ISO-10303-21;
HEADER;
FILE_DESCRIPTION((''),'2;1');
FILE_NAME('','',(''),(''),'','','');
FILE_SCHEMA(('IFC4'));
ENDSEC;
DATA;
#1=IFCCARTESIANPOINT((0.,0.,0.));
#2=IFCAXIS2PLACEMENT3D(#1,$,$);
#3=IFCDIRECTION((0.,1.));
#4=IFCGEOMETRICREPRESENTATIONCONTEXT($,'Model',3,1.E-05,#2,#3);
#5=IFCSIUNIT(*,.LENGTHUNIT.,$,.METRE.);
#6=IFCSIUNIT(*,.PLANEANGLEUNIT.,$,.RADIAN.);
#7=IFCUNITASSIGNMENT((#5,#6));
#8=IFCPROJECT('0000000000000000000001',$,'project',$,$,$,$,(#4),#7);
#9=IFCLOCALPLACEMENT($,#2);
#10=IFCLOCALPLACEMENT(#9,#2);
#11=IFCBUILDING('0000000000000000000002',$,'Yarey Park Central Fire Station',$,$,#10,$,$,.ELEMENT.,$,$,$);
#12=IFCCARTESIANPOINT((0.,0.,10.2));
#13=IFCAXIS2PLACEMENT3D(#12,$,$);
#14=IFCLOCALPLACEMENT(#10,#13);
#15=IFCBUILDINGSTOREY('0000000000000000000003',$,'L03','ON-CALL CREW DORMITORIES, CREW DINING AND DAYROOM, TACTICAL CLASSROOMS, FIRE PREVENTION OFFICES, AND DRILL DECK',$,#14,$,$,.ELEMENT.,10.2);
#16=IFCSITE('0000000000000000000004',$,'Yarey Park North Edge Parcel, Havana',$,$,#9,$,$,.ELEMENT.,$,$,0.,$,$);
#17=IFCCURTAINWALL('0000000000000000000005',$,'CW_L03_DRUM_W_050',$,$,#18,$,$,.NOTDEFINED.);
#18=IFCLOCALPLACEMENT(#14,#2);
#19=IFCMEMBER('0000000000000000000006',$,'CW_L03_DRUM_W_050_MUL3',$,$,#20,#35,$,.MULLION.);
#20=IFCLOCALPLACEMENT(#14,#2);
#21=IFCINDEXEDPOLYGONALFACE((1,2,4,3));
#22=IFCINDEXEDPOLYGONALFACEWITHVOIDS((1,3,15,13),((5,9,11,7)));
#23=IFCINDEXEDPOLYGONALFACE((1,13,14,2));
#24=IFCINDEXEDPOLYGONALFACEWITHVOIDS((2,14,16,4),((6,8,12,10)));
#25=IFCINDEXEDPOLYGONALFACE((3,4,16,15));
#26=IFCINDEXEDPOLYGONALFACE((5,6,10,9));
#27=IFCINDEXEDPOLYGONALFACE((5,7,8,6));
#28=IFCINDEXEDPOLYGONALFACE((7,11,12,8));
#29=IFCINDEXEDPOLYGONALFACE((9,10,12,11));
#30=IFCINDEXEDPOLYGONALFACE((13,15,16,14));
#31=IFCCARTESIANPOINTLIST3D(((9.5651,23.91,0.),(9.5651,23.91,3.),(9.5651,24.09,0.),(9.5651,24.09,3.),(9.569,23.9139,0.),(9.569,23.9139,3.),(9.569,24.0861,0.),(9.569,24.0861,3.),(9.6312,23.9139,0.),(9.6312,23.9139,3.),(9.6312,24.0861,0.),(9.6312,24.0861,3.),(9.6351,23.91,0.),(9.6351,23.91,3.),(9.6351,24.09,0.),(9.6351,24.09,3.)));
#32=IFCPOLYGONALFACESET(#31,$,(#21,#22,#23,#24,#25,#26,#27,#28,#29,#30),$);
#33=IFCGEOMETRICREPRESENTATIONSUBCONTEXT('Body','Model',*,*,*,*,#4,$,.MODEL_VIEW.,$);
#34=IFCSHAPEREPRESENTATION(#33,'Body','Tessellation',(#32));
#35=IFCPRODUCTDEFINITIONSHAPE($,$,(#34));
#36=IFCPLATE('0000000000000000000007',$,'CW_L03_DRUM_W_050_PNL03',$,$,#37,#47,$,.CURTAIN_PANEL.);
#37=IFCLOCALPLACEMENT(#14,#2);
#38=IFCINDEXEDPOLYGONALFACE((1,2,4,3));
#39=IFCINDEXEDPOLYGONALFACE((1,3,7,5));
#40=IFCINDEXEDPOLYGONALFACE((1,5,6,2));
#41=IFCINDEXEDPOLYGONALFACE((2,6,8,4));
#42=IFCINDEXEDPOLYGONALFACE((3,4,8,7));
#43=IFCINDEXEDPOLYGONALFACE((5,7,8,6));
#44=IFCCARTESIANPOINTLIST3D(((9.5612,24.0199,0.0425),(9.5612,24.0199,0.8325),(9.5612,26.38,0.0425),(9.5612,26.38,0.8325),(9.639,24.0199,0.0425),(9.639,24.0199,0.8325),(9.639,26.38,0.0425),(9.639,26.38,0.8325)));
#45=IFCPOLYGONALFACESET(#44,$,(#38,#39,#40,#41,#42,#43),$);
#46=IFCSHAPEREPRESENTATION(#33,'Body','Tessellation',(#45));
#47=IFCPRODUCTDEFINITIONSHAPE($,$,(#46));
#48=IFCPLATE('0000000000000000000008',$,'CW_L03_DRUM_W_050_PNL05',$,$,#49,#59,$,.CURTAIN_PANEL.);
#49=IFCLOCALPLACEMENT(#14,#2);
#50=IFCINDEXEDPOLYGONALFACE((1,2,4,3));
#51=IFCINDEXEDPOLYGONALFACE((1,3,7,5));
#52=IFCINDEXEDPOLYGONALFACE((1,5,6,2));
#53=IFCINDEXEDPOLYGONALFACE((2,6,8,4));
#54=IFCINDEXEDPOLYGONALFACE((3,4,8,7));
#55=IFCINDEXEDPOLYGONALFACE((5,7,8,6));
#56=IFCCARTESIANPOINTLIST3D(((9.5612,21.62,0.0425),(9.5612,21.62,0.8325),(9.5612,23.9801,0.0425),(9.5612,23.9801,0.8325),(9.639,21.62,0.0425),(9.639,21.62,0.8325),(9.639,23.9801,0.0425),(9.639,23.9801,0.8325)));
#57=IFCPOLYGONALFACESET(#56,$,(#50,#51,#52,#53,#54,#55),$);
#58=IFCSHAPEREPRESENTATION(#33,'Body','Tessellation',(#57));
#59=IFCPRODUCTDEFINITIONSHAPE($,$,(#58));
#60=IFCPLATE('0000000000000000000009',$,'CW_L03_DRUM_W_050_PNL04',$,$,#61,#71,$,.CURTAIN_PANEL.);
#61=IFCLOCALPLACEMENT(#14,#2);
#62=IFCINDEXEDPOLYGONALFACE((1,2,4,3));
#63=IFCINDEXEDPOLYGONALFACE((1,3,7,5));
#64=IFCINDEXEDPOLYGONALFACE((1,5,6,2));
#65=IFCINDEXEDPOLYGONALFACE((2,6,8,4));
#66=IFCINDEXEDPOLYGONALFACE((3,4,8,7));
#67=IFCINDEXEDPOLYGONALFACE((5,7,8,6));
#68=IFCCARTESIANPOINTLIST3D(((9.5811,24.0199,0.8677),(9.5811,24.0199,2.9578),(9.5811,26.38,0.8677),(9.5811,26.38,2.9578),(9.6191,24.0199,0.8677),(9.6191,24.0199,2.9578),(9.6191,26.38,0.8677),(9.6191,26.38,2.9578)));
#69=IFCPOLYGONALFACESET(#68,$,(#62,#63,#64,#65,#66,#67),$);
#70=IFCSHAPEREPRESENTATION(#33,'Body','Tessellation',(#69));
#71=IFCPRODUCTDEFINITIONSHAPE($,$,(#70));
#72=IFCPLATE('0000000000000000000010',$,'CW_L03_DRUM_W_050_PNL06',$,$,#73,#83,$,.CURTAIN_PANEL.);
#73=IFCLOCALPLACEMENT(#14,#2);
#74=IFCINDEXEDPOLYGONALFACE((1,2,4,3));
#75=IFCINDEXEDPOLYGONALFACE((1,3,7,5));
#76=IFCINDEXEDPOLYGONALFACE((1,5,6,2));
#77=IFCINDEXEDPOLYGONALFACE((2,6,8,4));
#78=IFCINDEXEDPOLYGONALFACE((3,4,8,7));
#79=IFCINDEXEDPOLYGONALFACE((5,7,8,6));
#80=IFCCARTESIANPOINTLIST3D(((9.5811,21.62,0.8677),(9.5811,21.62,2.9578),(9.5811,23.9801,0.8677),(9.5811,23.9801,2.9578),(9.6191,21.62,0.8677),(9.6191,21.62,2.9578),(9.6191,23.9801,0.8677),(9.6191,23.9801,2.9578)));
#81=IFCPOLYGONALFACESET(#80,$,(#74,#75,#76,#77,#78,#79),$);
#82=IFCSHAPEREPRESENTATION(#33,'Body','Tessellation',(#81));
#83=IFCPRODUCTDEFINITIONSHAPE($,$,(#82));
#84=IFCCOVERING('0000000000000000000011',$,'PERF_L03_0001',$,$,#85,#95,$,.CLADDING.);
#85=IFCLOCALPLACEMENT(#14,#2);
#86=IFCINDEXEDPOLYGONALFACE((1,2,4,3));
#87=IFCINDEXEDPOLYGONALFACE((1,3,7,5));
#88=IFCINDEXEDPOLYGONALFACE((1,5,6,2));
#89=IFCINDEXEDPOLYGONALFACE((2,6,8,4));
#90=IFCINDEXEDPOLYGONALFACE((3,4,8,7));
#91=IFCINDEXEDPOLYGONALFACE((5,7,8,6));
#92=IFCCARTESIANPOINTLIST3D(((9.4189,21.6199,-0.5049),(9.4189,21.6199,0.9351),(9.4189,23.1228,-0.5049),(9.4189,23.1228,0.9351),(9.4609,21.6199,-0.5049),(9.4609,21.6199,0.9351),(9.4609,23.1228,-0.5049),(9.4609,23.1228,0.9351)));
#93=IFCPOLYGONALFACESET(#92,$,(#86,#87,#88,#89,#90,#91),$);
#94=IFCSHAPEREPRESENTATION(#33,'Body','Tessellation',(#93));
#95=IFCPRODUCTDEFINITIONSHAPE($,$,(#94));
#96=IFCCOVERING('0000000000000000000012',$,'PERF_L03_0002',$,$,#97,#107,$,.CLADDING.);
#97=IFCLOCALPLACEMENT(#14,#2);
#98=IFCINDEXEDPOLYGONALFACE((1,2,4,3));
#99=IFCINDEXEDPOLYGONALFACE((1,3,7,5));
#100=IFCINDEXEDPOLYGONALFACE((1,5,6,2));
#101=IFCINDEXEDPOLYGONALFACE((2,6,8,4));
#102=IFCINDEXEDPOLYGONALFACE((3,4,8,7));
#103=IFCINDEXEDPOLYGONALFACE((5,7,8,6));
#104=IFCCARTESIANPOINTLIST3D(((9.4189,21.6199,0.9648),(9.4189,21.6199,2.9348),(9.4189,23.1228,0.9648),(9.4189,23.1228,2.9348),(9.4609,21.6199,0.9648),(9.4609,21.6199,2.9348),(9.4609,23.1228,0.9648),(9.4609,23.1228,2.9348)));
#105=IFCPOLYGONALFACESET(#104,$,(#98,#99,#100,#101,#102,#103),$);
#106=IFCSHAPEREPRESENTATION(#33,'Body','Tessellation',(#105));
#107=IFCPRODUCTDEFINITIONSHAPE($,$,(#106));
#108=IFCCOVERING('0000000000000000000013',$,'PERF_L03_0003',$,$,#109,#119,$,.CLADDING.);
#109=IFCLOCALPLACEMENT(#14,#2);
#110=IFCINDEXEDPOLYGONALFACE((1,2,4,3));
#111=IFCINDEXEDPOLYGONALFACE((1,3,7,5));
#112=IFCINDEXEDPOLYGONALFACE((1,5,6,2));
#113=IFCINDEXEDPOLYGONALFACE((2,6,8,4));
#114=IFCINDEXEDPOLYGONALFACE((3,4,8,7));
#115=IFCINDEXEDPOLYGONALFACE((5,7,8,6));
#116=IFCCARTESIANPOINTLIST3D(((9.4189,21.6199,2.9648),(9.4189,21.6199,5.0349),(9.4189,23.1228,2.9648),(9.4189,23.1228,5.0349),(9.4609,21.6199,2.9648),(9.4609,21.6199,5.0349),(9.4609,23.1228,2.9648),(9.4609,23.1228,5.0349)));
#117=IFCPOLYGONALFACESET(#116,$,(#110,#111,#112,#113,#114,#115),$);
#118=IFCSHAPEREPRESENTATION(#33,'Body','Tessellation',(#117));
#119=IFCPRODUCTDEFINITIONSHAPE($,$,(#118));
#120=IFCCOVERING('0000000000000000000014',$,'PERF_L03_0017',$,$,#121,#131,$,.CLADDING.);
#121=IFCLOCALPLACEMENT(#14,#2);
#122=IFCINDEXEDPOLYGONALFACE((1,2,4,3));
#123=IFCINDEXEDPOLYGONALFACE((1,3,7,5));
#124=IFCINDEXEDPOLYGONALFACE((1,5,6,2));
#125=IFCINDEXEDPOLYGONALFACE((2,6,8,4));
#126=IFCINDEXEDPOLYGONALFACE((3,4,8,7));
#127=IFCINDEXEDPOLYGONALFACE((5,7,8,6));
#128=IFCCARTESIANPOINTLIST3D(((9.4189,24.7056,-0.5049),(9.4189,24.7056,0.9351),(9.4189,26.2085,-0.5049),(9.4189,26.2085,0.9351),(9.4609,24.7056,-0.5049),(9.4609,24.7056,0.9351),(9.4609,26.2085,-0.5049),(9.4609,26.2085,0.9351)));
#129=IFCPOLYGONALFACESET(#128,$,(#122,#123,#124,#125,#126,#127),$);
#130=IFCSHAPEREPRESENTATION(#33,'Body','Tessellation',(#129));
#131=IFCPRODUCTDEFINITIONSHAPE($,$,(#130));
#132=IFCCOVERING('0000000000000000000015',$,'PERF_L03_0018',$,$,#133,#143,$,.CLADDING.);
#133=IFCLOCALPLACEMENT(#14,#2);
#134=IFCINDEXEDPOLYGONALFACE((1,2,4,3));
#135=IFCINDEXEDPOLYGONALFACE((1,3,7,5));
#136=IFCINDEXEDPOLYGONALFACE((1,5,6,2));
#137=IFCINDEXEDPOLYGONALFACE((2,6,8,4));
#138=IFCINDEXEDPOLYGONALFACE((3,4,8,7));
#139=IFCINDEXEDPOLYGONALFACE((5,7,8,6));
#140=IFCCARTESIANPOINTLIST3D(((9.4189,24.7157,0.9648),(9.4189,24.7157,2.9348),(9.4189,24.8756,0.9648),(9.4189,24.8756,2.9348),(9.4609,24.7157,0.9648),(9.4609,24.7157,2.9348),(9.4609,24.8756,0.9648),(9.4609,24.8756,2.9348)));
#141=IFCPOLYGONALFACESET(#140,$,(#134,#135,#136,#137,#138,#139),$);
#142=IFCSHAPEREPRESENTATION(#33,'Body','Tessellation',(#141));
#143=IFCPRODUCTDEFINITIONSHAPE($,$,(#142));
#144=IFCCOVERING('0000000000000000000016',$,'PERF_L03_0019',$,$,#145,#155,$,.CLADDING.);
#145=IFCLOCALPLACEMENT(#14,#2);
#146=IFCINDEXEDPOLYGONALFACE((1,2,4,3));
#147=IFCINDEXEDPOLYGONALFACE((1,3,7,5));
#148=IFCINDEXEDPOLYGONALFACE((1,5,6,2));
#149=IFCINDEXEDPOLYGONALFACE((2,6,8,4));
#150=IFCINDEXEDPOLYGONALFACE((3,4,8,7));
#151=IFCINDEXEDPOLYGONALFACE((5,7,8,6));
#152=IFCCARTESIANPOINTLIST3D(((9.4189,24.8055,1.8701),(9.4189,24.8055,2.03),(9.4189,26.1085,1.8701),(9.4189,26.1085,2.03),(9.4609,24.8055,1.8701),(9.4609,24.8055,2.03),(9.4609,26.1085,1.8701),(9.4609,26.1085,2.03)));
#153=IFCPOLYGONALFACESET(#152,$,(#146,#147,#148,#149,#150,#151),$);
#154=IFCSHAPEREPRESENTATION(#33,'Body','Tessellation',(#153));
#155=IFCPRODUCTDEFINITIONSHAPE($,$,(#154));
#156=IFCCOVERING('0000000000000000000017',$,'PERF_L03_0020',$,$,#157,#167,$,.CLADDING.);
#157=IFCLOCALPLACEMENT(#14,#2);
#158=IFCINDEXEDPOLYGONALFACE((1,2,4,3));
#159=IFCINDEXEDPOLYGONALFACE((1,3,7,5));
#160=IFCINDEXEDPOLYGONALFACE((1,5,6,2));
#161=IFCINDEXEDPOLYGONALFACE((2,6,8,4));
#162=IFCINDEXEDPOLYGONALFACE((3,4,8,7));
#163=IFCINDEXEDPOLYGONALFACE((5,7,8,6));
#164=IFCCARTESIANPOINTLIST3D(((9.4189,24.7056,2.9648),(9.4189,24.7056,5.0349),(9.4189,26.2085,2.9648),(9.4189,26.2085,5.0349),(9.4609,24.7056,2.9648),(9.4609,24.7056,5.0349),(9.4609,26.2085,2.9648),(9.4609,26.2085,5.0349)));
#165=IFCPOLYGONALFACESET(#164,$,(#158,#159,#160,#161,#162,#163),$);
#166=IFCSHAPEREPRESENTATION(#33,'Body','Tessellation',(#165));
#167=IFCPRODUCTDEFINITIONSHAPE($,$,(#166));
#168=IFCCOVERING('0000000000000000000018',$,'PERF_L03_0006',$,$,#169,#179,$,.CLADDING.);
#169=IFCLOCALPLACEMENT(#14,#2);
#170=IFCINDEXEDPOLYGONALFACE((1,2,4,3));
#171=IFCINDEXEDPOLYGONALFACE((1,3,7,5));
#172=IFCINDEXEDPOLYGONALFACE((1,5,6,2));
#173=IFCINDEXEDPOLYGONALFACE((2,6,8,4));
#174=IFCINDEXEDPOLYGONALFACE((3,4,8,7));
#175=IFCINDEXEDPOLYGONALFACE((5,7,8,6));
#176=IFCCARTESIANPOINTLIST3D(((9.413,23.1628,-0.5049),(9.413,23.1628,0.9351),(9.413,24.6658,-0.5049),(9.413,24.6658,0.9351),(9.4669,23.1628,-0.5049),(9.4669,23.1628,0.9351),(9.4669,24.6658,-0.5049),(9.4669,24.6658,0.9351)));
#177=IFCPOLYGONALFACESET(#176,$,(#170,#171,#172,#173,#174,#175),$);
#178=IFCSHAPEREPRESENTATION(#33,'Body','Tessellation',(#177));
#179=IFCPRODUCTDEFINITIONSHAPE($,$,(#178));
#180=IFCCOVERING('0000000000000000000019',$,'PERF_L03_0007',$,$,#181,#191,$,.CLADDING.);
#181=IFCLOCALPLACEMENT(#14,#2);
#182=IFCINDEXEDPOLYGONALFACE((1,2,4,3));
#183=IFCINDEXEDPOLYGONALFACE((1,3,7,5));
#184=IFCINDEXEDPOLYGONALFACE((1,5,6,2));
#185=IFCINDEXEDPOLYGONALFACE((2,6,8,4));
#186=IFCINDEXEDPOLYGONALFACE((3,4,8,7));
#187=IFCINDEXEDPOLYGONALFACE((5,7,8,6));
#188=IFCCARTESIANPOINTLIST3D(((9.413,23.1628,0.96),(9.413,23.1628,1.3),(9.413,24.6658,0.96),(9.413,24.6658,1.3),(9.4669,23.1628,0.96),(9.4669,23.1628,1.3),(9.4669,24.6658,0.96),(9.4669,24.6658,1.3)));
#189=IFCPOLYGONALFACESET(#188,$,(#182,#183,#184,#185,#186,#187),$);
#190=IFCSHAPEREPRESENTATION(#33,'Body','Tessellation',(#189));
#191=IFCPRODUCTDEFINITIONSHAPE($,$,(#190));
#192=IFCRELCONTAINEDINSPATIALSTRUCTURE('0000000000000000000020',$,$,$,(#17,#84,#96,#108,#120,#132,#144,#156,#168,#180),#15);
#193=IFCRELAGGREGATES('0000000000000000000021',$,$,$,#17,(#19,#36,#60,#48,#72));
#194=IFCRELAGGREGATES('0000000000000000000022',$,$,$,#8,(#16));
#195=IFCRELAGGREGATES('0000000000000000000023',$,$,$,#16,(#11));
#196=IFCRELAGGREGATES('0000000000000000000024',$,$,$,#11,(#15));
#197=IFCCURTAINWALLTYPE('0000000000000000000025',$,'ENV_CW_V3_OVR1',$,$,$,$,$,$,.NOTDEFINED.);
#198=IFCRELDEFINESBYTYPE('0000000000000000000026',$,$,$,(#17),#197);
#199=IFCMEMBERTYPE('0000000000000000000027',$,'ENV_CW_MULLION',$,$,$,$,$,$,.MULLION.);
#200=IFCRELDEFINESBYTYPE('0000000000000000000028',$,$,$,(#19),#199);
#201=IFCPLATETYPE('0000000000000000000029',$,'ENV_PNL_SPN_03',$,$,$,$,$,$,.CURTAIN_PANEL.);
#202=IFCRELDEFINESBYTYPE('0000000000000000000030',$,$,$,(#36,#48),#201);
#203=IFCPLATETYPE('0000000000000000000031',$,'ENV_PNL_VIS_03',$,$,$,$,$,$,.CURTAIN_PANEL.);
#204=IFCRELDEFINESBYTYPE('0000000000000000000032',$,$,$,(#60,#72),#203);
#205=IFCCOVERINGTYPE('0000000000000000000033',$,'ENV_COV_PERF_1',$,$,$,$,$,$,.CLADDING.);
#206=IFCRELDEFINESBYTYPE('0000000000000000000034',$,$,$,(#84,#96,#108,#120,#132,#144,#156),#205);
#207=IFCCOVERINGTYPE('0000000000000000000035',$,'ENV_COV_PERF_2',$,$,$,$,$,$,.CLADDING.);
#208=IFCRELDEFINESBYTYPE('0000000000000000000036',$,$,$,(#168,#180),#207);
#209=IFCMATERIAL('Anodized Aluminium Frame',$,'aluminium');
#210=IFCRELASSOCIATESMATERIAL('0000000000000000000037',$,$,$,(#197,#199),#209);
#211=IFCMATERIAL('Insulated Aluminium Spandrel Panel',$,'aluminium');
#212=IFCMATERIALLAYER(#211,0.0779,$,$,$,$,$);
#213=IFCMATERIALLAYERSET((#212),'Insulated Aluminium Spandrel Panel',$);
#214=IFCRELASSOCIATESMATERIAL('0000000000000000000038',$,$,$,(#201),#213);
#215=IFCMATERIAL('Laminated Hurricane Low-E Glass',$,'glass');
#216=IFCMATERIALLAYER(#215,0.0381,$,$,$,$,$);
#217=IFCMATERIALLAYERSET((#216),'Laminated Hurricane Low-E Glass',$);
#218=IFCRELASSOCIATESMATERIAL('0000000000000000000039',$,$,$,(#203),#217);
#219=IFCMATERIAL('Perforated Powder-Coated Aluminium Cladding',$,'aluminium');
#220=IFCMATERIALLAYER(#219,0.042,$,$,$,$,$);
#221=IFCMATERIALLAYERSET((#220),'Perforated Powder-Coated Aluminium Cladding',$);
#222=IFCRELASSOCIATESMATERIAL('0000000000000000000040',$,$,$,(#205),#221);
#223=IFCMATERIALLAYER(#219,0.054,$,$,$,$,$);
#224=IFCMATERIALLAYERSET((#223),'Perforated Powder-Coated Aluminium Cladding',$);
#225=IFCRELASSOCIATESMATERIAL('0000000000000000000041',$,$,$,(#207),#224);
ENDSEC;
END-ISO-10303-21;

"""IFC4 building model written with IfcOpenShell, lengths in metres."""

from ifc_helpers import new_model, si_unit, direction, frame, origin, origin_2d, place, context, subcontext, project, spatial, rectangle, hollow_rectangle, extrude, material, layer, layer_set, material_profile, profile_set, type_object, element, aggregate, save


model = new_model("IFC4")

# Units and contexts
model_context = context("Model", 3, precision=1e-05, world=origin(), true_north=direction((0.0, 1.0)))
body_context = subcontext(model_context, "Body", "Model", "MODEL_VIEW")
ifc_project = project(units=[si_unit("LENGTHUNIT", "METRE"), si_unit("PLANEANGLEUNIT", "RADIAN")], contexts=[model_context])

# Site, building, storey
site_placement = place(None, origin())
site = spatial("IfcSite", under=ifc_project, at=site_placement, Name="Yarey Park North Edge Parcel, Havana", CompositionType="ELEMENT", RefElevation=0.0)
building_placement = place(site_placement, origin())
building = spatial("IfcBuilding", under=site, at=building_placement, Name="Yarey Park Central Fire Station", CompositionType="ELEMENT")
storey_placement = place(building_placement, frame((0.0, 0.0, 10.2)))
storey = spatial("IfcBuildingStorey", under=building, at=storey_placement, Name="L03", Description="ON-CALL CREW DORMITORIES, CREW DINING AND DAYROOM, TACTICAL CLASSROOMS, FIRE PREVENTION OFFICES, AND DRILL DECK", CompositionType="ELEMENT", Elevation=10.2)

# Curtain wall, member, plates
ifc_material_1 = material(Name="Anodized Aluminium Frame", Category="aluminium")
curtain_wall_type = type_object("IfcCurtainWallType", Name="ENV_CW_V3_OVR1", PredefinedType="NOTDEFINED", material=ifc_material_1)
curtain_wall_placement = place(storey_placement, origin())
curtain_wall = element("IfcCurtainWall", 1, at=curtain_wall_placement, inside=storey, type_object=curtain_wall_type, Name="CW_L03_DRUM_W_050", PredefinedType="NOTDEFINED")
ifc_material_profile = material_profile(ifc_material_1, hollow_rectangle(XDim=0.0701, YDim=0.1799, WallThickness=0.0039, at=origin_2d()), Name="ALU 180x70x4")
ifc_profile_set = profile_set([ifc_material_profile], Name="Anodized Aluminium Frame")
member_type = type_object("IfcMemberType", Name="ENV_CW_MULLION", PredefinedType="MULLION", material=ifc_profile_set)
member_placement = place(storey_placement, frame((9.6001, 24.0, 0.0), z_axis=(0.0, 0.0, 1.0), x_axis=(1.0, 0.0, 0.0)))
member = element("IfcMember", 2, at=member_placement, type_object=member_type, Name="CW_L03_DRUM_W_050_MUL3", PredefinedType="MULLION", context=body_context, shape_type="SweptSolid", body=[
    extrude(hollow_rectangle(XDim=0.0701, YDim=0.1799, WallThickness=0.0039, at=origin_2d()), origin(), (0.0, 0.0, 1.0), 3.0),
])
ifc_material_2 = material(Name="Insulated Aluminium Spandrel Panel", Category="aluminium")
ifc_layer_1 = layer(ifc_material_2, 0.0779)
ifc_layer_set_1 = layer_set([ifc_layer_1], Name="Insulated Aluminium Spandrel Panel")
plate_type_1 = type_object("IfcPlateType", Name="ENV_PNL_SPN_03", PredefinedType="CURTAIN_PANEL", material=ifc_layer_set_1)
plate_1_placement = place(storey_placement, frame((9.6001, 25.2, 0.0425), z_axis=(0.0, 0.0, 1.0), x_axis=(0.0, -1.0, 0.0)))
plate_1 = element("IfcPlate", 3, at=plate_1_placement, type_object=plate_type_1, Name="CW_L03_DRUM_W_050_PNL03", PredefinedType="CURTAIN_PANEL", context=body_context, shape_type="SweptSolid", body=[
    extrude(rectangle(XDim=2.3601, YDim=0.0779, at=origin_2d()), origin(), (0.0, 0.0, 1.0), 0.79),
])
plate_2_placement = place(storey_placement, frame((9.6001, 22.8, 0.0425), z_axis=(0.0, 0.0, 1.0), x_axis=(0.0, -1.0, 0.0)))
plate_2 = element("IfcPlate", 4, at=plate_2_placement, type_object=plate_type_1, Name="CW_L03_DRUM_W_050_PNL05", PredefinedType="CURTAIN_PANEL", context=body_context, shape_type="SweptSolid", body=[
    extrude(rectangle(XDim=2.3601, YDim=0.0779, at=origin_2d()), origin(), (0.0, 0.0, 1.0), 0.79),
])
ifc_material_3 = material(Name="Laminated Hurricane Low-E Glass", Category="glass")
ifc_layer_2 = layer(ifc_material_3, 0.0381)
ifc_layer_set_2 = layer_set([ifc_layer_2], Name="Laminated Hurricane Low-E Glass")
plate_type_2 = type_object("IfcPlateType", Name="ENV_PNL_VIS_03", PredefinedType="CURTAIN_PANEL", material=ifc_layer_set_2)
plate_3_placement = place(storey_placement, frame((9.6001, 25.2, 0.8677), z_axis=(0.0, 0.0, 1.0), x_axis=(0.0, -1.0, 0.0)))
plate_3 = element("IfcPlate", 5, at=plate_3_placement, type_object=plate_type_2, Name="CW_L03_DRUM_W_050_PNL04", PredefinedType="CURTAIN_PANEL", context=body_context, shape_type="SweptSolid", body=[
    extrude(rectangle(XDim=2.3601, YDim=0.0381, at=origin_2d()), origin(), (0.0, 0.0, 1.0), 2.0901),
])
plate_4_placement = place(storey_placement, frame((9.6001, 22.8, 0.8677), z_axis=(0.0, 0.0, 1.0), x_axis=(0.0, -1.0, 0.0)))
plate_4 = element("IfcPlate", 6, at=plate_4_placement, type_object=plate_type_2, Name="CW_L03_DRUM_W_050_PNL06", PredefinedType="CURTAIN_PANEL", context=body_context, shape_type="SweptSolid", body=[
    extrude(rectangle(XDim=2.3601, YDim=0.0381, at=origin_2d()), origin(), (0.0, 0.0, 1.0), 2.0901),
])
aggregate(curtain_wall, [member, plate_1, plate_3, plate_2, plate_4])

# Coverings
ifc_material_4 = material(Name="Perforated Powder-Coated Aluminium Cladding", Category="aluminium")
ifc_layer_3 = layer(ifc_material_4, 0.042)
ifc_layer_set_3 = layer_set([ifc_layer_3], Name="Perforated Powder-Coated Aluminium Cladding")
covering_type_1 = type_object("IfcCoveringType", Name="ENV_COV_PERF_1", PredefinedType="CLADDING", material=ifc_layer_set_3)
covering_1_placement = place(storey_placement, frame((9.4399, 22.3713, -0.5049), z_axis=(0.0, 0.0, 1.0), x_axis=(0.0, 1.0, 0.0)))
element("IfcCovering", 7, at=covering_1_placement, inside=storey, type_object=covering_type_1, Name="PERF_L03_0001", PredefinedType="CLADDING", context=body_context, shape_type="SweptSolid", body=[
    extrude(rectangle(XDim=1.5029, YDim=0.042, at=origin_2d()), origin(), (0.0, 0.0, 1.0), 1.4399),
])
covering_2_placement = place(storey_placement, frame((9.4399, 22.3713, 0.9648), z_axis=(0.0, 0.0, 1.0), x_axis=(0.0, 1.0, 0.0)))
element("IfcCovering", 8, at=covering_2_placement, inside=storey, type_object=covering_type_1, Name="PERF_L03_0002", PredefinedType="CLADDING", context=body_context, shape_type="SweptSolid", body=[
    extrude(rectangle(XDim=1.5029, YDim=0.042, at=origin_2d()), origin(), (0.0, 0.0, 1.0), 1.97),
])
covering_3_placement = place(storey_placement, frame((9.4399, 22.3713, 2.9648), z_axis=(0.0, 0.0, 1.0), x_axis=(0.0, 1.0, 0.0)))
element("IfcCovering", 9, at=covering_3_placement, inside=storey, type_object=covering_type_1, Name="PERF_L03_0003", PredefinedType="CLADDING", context=body_context, shape_type="SweptSolid", body=[
    extrude(rectangle(XDim=1.5029, YDim=0.042, at=origin_2d()), origin(), (0.0, 0.0, 1.0), 2.0701),
])
covering_4_placement = place(storey_placement, frame((9.4399, 25.457, -0.5049), z_axis=(0.0, 0.0, 1.0), x_axis=(0.0, 1.0, 0.0)))
element("IfcCovering", 10, at=covering_4_placement, inside=storey, type_object=covering_type_1, Name="PERF_L03_0017", PredefinedType="CLADDING", context=body_context, shape_type="SweptSolid", body=[
    extrude(rectangle(XDim=1.5029, YDim=0.042, at=origin_2d()), origin(), (0.0, 0.0, 1.0), 1.4399),
])
covering_5_placement = place(storey_placement, frame((9.4399, 24.7957, 0.9648), z_axis=(0.0, 0.0, 1.0), x_axis=(0.0, 1.0, 0.0)))
element("IfcCovering", 11, at=covering_5_placement, inside=storey, type_object=covering_type_1, Name="PERF_L03_0018", PredefinedType="CLADDING", context=body_context, shape_type="SweptSolid", body=[
    extrude(rectangle(XDim=0.1599, YDim=0.042, at=origin_2d()), origin(), (0.0, 0.0, 1.0), 1.97),
])
covering_6_placement = place(storey_placement, frame((9.4399, 25.457, 1.8701), z_axis=(0.0, 0.0, 1.0), x_axis=(0.0, 1.0, 0.0)))
element("IfcCovering", 12, at=covering_6_placement, inside=storey, type_object=covering_type_1, Name="PERF_L03_0019", PredefinedType="CLADDING", context=body_context, shape_type="SweptSolid", body=[
    extrude(rectangle(XDim=1.303, YDim=0.042, at=origin_2d()), origin(), (0.0, 0.0, 1.0), 0.1599),
])
covering_7_placement = place(storey_placement, frame((9.4399, 25.457, 2.9648), z_axis=(0.0, 0.0, 1.0), x_axis=(0.0, 1.0, 0.0)))
element("IfcCovering", 13, at=covering_7_placement, inside=storey, type_object=covering_type_1, Name="PERF_L03_0020", PredefinedType="CLADDING", context=body_context, shape_type="SweptSolid", body=[
    extrude(rectangle(XDim=1.5029, YDim=0.042, at=origin_2d()), origin(), (0.0, 0.0, 1.0), 2.0701),
])
ifc_layer_4 = layer(ifc_material_4, 0.054)
ifc_layer_set_4 = layer_set([ifc_layer_4], Name="Perforated Powder-Coated Aluminium Cladding")
covering_type_2 = type_object("IfcCoveringType", Name="ENV_COV_PERF_2", PredefinedType="CLADDING", material=ifc_layer_set_4)
covering_8_placement = place(storey_placement, frame((9.4399, 23.9143, -0.5049), z_axis=(0.0, 0.0, 1.0), x_axis=(0.0, 1.0, 0.0)))
element("IfcCovering", 14, at=covering_8_placement, inside=storey, type_object=covering_type_2, Name="PERF_L03_0006", PredefinedType="CLADDING", context=body_context, shape_type="SweptSolid", body=[
    extrude(rectangle(XDim=1.5029, YDim=0.054, at=origin_2d()), origin(), (0.0, 0.0, 1.0), 1.4399),
])
for number, where, z_axis, x_axis, name in (
    (15, (9.4399, 23.9143, 0.96), (0.0, 0.0, 1.0), (0.0, 1.0, 0.0), "PERF_L03_0007"),
):
    element("IfcCovering", number, at=place(storey_placement, frame(where, z_axis=z_axis, x_axis=x_axis)), inside=storey, type_object=covering_type_2, Name=name, PredefinedType="CLADDING", context=body_context, shape_type="SweptSolid", body=[
        extrude(rectangle(XDim=1.5029, YDim=0.054, at=origin_2d()), origin(), (0.0, 0.0, 1.0), 0.3401),
    ])

save(model, "model.ifc")
